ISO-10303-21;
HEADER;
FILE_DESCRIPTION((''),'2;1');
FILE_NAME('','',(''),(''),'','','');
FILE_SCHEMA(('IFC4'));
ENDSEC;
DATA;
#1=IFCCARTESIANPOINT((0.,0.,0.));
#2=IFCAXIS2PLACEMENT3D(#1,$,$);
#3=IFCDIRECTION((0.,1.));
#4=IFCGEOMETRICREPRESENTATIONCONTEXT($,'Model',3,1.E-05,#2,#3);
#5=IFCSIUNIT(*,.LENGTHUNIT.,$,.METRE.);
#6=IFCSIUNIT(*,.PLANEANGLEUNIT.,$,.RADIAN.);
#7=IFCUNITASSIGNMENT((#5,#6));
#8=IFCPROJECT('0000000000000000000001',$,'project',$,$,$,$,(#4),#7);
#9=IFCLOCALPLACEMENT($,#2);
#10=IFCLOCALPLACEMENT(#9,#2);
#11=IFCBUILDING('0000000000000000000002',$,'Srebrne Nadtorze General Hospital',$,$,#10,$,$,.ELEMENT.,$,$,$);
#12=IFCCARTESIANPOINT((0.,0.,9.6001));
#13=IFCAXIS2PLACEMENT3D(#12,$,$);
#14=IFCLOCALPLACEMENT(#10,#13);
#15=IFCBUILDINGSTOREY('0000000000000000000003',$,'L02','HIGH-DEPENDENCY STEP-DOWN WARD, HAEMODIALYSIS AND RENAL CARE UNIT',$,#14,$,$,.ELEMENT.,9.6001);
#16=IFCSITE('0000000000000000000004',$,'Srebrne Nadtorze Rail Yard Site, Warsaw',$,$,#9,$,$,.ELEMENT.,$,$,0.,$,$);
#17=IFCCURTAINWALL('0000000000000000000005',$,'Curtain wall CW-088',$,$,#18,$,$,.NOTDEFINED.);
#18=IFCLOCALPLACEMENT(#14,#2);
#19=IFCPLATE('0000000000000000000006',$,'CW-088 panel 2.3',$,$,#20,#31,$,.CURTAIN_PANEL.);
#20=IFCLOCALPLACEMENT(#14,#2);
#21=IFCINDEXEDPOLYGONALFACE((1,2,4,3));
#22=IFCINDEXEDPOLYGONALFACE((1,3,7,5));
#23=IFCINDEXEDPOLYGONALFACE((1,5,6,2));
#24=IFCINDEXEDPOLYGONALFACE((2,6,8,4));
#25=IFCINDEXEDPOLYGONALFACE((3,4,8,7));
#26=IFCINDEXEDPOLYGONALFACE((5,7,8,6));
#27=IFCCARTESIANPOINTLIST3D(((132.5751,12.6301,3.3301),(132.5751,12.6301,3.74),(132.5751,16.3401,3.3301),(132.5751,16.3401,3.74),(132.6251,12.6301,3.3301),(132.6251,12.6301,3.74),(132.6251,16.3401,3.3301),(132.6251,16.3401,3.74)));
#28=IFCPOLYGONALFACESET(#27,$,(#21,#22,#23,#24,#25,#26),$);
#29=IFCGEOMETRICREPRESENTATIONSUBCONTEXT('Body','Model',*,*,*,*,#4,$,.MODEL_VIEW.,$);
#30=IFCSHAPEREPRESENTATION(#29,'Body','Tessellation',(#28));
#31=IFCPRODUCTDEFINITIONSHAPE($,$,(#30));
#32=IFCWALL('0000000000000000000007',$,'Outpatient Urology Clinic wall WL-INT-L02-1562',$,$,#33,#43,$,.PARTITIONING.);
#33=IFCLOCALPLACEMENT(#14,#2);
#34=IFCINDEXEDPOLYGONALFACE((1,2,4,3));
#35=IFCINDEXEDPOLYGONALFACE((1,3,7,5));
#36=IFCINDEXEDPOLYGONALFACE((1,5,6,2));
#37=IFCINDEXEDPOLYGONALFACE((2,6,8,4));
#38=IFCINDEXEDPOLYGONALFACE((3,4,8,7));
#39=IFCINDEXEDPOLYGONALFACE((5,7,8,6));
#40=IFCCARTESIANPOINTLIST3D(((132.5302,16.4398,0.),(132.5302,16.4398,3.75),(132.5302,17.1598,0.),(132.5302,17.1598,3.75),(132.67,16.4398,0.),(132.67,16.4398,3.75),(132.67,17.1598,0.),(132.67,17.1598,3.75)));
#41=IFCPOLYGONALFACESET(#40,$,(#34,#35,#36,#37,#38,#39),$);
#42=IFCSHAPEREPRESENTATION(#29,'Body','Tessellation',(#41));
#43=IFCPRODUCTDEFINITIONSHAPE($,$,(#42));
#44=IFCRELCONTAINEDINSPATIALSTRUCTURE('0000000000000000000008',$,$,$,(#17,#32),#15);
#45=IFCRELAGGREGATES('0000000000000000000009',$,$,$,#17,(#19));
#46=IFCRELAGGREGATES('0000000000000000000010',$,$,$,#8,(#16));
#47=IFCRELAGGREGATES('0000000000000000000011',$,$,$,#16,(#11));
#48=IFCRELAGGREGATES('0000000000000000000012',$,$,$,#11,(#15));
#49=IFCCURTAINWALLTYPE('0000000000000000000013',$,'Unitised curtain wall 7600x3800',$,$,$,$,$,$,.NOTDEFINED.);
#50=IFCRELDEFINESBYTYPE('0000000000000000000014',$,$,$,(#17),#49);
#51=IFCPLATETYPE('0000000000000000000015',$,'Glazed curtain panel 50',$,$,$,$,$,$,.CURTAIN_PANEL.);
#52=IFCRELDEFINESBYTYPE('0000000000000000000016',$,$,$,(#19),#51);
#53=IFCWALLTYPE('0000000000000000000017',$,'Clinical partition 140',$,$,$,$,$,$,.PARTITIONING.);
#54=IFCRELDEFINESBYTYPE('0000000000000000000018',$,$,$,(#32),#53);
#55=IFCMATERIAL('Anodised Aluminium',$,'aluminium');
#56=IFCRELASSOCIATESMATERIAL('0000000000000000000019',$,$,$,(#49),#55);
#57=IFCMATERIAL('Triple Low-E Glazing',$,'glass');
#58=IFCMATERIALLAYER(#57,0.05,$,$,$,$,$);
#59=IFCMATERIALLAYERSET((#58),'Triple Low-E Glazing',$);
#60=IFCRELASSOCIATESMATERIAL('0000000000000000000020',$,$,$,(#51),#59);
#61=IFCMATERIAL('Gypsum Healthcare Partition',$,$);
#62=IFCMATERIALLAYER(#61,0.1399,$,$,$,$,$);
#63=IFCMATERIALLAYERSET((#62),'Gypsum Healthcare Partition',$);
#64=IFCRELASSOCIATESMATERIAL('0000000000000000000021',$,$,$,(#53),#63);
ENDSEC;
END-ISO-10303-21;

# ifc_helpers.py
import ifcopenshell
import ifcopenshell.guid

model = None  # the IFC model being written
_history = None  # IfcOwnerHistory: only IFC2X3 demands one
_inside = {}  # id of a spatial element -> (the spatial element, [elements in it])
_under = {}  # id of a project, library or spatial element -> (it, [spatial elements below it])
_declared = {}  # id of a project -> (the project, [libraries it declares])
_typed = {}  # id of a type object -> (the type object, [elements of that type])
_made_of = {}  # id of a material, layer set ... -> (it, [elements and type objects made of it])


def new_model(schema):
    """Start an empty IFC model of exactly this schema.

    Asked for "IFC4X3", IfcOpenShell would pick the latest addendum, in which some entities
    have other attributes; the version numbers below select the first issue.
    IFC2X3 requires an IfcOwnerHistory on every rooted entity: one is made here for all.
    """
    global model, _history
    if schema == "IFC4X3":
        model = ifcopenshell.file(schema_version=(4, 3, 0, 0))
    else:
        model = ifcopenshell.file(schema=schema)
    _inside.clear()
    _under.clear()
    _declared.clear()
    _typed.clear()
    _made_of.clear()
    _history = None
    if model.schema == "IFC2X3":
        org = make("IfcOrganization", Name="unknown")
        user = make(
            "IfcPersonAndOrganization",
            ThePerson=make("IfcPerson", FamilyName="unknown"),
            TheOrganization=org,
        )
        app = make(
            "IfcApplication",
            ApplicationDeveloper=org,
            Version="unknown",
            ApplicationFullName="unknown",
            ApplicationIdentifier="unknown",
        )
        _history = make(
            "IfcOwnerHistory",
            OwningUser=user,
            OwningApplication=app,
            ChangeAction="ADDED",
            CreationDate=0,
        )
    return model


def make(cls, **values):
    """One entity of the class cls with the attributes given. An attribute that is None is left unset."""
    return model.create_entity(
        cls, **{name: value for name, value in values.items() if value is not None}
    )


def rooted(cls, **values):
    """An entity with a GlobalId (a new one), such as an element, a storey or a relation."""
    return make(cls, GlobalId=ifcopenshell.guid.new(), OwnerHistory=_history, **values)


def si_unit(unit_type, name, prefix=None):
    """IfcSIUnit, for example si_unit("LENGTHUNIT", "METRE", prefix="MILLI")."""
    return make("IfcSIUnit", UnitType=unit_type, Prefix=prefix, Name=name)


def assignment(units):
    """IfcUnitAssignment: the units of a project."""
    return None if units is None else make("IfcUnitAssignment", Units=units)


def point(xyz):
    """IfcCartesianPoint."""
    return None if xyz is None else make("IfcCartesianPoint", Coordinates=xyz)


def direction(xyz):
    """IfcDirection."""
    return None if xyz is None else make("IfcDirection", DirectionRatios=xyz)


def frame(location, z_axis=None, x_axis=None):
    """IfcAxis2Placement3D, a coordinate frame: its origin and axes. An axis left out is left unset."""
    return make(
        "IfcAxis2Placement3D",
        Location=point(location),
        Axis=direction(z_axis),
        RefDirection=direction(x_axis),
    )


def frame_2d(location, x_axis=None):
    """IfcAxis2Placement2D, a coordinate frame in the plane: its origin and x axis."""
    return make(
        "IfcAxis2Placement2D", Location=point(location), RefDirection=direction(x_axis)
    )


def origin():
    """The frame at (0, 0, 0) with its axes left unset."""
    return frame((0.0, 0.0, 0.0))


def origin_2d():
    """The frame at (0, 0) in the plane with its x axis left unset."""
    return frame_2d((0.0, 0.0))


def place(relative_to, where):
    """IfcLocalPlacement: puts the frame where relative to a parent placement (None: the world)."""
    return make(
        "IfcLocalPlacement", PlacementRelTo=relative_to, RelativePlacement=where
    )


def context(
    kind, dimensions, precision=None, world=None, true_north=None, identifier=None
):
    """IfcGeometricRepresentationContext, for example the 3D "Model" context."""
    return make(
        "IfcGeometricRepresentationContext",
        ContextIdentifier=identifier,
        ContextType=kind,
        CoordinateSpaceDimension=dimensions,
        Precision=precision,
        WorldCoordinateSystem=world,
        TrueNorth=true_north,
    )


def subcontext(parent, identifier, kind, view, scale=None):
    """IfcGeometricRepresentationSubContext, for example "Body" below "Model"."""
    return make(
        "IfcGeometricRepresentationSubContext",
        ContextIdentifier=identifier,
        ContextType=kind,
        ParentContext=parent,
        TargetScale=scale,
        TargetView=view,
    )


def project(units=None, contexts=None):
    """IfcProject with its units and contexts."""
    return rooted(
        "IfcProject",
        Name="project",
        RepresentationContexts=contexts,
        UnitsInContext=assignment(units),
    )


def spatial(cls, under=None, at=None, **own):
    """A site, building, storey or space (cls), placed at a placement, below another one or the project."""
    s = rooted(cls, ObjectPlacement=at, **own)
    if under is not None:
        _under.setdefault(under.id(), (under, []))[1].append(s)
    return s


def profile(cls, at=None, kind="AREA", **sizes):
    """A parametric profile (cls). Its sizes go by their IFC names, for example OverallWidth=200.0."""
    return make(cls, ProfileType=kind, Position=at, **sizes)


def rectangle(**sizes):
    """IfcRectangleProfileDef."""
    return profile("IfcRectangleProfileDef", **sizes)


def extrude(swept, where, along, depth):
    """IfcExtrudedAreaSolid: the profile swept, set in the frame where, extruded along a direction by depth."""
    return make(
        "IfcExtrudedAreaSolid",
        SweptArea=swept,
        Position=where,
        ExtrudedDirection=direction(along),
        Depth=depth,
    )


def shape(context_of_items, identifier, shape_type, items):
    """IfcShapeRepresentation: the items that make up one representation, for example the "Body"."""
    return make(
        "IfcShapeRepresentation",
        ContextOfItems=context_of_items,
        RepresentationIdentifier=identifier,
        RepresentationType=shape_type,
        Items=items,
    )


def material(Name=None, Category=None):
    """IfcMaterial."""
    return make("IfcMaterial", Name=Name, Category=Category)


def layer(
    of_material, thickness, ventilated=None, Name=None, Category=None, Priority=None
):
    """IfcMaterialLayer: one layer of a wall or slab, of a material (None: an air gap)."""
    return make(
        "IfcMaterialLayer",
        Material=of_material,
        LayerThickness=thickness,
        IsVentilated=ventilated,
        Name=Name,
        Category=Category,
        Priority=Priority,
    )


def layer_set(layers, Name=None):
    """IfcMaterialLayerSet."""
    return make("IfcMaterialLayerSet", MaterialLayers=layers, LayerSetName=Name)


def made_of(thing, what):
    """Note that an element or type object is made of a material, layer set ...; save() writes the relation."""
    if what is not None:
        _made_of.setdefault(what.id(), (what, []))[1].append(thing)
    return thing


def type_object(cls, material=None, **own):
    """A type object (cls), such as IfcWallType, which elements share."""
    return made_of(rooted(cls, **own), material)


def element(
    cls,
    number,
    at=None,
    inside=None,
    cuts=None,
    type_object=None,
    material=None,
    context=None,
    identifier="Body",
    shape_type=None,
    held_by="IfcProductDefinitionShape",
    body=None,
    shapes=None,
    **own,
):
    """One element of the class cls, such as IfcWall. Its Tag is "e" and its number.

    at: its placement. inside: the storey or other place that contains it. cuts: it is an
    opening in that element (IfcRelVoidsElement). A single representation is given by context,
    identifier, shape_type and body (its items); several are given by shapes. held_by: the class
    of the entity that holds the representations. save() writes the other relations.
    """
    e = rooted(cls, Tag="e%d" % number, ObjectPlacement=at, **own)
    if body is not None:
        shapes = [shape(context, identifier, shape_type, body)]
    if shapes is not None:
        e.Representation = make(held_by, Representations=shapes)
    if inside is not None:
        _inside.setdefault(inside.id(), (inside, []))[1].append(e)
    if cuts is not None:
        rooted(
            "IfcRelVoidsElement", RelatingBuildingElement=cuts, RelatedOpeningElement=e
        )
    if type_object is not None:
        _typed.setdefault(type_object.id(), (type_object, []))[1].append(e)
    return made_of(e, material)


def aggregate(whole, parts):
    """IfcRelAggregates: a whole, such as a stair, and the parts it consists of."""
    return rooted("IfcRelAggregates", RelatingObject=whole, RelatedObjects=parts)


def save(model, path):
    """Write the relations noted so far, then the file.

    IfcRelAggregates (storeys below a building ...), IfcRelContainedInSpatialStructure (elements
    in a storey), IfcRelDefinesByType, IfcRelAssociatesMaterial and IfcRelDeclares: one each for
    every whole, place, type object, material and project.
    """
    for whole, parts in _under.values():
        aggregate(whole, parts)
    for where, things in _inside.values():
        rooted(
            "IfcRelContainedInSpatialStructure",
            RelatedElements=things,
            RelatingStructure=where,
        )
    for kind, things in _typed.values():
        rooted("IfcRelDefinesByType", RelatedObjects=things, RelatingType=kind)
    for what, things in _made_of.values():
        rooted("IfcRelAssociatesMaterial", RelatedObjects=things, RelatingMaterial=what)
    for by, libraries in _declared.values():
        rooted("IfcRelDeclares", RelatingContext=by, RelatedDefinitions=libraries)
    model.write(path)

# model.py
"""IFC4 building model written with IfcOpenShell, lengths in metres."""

from ifc_helpers import new_model, si_unit, direction, frame, frame_2d, origin, origin_2d, place, context, subcontext, project, spatial, rectangle, extrude, material, layer, layer_set, type_object, element, aggregate, save


model = new_model("IFC4")

# Units and contexts
model_context = context("Model", 3, precision=1e-05, world=origin(), true_north=direction((0.0, 1.0)))
body_context = subcontext(model_context, "Body", "Model", "MODEL_VIEW")
ifc_project = project(units=[si_unit("LENGTHUNIT", "METRE"), si_unit("PLANEANGLEUNIT", "RADIAN")], contexts=[model_context])

# Site, building, storey
site_placement = place(None, origin())
site = spatial("IfcSite", under=ifc_project, at=site_placement, Name="Srebrne Nadtorze Rail Yard Site, Warsaw", CompositionType="ELEMENT", RefElevation=0.0)
building_placement = place(site_placement, origin())
building = spatial("IfcBuilding", under=site, at=building_placement, Name="Srebrne Nadtorze General Hospital", CompositionType="ELEMENT")
storey_placement = place(building_placement, frame((0.0, 0.0, 9.6001)))
storey = spatial("IfcBuildingStorey", under=building, at=storey_placement, Name="L02", Description="HIGH-DEPENDENCY STEP-DOWN WARD, HAEMODIALYSIS AND RENAL CARE UNIT", CompositionType="ELEMENT", Elevation=9.6001)

# Curtain wall
ifc_material_1 = material(Name="Anodised Aluminium", Category="aluminium")
curtain_wall_type_1 = type_object("IfcCurtainWallType", Name="Unitised curtain wall 7600x3800", PredefinedType="NOTDEFINED", material=ifc_material_1)
curtain_wall_1_placement = place(storey_placement, origin())
curtain_wall_1 = element("IfcCurtainWall", 1, at=curtain_wall_1_placement, inside=storey, type_object=curtain_wall_type_1, Name="Curtain wall CW-088", PredefinedType="NOTDEFINED")

# Plate
ifc_material_2 = material(Name="Triple Low-E Glazing", Category="glass")
ifc_layer_1 = layer(ifc_material_2, 0.05)
ifc_layer_set_1 = layer_set([ifc_layer_1], Name="Triple Low-E Glazing")
plate_type = type_object("IfcPlateType", Name="Glazed curtain panel 50", PredefinedType="CURTAIN_PANEL", material=ifc_layer_set_1)
plate_1_placement = place(storey_placement, frame((132.6001, 14.4851, 3.3301), z_axis=(0.0, 0.0, 1.0), x_axis=(0.0, 1.0, 0.0)))
plate_1 = element("IfcPlate", 2, at=plate_1_placement, type_object=plate_type, Name="CW-088 panel 2.3", PredefinedType="CURTAIN_PANEL", context=body_context, shape_type="SweptSolid", body=[
    extrude(rectangle(XDim=3.71, YDim=0.05, at=origin_2d()), origin(), (0.0, 0.0, 1.0), 0.4099),
])
aggregate(curtain_wall_1, [plate_1])

# Wall
ifc_material_3 = material(Name="Gypsum Healthcare Partition")
ifc_layer_2 = layer(ifc_material_3, 0.1399)
ifc_layer_set_2 = layer_set([ifc_layer_2], Name="Gypsum Healthcare Partition")
wall_type = type_object("IfcWallType", Name="Clinical partition 140", PredefinedType="PARTITIONING", material=ifc_layer_set_2)
wall_placement = place(storey_placement, frame((132.6001, 16.4399, 0.0), z_axis=(0.0, 0.0, 1.0), x_axis=(0.0, 1.0, 0.0)))
element("IfcWall", 3, at=wall_placement, inside=storey, type_object=wall_type, Name="Outpatient Urology Clinic wall WL-INT-L02-1562", PredefinedType="PARTITIONING", context=body_context, shape_type="SweptSolid", body=[
    extrude(rectangle(XDim=0.72, YDim=0.1399, at=frame_2d((0.3599, 0.0))), origin(), (0.0, 0.0, 1.0), 3.75),
])

save(model, "model.ifc")
